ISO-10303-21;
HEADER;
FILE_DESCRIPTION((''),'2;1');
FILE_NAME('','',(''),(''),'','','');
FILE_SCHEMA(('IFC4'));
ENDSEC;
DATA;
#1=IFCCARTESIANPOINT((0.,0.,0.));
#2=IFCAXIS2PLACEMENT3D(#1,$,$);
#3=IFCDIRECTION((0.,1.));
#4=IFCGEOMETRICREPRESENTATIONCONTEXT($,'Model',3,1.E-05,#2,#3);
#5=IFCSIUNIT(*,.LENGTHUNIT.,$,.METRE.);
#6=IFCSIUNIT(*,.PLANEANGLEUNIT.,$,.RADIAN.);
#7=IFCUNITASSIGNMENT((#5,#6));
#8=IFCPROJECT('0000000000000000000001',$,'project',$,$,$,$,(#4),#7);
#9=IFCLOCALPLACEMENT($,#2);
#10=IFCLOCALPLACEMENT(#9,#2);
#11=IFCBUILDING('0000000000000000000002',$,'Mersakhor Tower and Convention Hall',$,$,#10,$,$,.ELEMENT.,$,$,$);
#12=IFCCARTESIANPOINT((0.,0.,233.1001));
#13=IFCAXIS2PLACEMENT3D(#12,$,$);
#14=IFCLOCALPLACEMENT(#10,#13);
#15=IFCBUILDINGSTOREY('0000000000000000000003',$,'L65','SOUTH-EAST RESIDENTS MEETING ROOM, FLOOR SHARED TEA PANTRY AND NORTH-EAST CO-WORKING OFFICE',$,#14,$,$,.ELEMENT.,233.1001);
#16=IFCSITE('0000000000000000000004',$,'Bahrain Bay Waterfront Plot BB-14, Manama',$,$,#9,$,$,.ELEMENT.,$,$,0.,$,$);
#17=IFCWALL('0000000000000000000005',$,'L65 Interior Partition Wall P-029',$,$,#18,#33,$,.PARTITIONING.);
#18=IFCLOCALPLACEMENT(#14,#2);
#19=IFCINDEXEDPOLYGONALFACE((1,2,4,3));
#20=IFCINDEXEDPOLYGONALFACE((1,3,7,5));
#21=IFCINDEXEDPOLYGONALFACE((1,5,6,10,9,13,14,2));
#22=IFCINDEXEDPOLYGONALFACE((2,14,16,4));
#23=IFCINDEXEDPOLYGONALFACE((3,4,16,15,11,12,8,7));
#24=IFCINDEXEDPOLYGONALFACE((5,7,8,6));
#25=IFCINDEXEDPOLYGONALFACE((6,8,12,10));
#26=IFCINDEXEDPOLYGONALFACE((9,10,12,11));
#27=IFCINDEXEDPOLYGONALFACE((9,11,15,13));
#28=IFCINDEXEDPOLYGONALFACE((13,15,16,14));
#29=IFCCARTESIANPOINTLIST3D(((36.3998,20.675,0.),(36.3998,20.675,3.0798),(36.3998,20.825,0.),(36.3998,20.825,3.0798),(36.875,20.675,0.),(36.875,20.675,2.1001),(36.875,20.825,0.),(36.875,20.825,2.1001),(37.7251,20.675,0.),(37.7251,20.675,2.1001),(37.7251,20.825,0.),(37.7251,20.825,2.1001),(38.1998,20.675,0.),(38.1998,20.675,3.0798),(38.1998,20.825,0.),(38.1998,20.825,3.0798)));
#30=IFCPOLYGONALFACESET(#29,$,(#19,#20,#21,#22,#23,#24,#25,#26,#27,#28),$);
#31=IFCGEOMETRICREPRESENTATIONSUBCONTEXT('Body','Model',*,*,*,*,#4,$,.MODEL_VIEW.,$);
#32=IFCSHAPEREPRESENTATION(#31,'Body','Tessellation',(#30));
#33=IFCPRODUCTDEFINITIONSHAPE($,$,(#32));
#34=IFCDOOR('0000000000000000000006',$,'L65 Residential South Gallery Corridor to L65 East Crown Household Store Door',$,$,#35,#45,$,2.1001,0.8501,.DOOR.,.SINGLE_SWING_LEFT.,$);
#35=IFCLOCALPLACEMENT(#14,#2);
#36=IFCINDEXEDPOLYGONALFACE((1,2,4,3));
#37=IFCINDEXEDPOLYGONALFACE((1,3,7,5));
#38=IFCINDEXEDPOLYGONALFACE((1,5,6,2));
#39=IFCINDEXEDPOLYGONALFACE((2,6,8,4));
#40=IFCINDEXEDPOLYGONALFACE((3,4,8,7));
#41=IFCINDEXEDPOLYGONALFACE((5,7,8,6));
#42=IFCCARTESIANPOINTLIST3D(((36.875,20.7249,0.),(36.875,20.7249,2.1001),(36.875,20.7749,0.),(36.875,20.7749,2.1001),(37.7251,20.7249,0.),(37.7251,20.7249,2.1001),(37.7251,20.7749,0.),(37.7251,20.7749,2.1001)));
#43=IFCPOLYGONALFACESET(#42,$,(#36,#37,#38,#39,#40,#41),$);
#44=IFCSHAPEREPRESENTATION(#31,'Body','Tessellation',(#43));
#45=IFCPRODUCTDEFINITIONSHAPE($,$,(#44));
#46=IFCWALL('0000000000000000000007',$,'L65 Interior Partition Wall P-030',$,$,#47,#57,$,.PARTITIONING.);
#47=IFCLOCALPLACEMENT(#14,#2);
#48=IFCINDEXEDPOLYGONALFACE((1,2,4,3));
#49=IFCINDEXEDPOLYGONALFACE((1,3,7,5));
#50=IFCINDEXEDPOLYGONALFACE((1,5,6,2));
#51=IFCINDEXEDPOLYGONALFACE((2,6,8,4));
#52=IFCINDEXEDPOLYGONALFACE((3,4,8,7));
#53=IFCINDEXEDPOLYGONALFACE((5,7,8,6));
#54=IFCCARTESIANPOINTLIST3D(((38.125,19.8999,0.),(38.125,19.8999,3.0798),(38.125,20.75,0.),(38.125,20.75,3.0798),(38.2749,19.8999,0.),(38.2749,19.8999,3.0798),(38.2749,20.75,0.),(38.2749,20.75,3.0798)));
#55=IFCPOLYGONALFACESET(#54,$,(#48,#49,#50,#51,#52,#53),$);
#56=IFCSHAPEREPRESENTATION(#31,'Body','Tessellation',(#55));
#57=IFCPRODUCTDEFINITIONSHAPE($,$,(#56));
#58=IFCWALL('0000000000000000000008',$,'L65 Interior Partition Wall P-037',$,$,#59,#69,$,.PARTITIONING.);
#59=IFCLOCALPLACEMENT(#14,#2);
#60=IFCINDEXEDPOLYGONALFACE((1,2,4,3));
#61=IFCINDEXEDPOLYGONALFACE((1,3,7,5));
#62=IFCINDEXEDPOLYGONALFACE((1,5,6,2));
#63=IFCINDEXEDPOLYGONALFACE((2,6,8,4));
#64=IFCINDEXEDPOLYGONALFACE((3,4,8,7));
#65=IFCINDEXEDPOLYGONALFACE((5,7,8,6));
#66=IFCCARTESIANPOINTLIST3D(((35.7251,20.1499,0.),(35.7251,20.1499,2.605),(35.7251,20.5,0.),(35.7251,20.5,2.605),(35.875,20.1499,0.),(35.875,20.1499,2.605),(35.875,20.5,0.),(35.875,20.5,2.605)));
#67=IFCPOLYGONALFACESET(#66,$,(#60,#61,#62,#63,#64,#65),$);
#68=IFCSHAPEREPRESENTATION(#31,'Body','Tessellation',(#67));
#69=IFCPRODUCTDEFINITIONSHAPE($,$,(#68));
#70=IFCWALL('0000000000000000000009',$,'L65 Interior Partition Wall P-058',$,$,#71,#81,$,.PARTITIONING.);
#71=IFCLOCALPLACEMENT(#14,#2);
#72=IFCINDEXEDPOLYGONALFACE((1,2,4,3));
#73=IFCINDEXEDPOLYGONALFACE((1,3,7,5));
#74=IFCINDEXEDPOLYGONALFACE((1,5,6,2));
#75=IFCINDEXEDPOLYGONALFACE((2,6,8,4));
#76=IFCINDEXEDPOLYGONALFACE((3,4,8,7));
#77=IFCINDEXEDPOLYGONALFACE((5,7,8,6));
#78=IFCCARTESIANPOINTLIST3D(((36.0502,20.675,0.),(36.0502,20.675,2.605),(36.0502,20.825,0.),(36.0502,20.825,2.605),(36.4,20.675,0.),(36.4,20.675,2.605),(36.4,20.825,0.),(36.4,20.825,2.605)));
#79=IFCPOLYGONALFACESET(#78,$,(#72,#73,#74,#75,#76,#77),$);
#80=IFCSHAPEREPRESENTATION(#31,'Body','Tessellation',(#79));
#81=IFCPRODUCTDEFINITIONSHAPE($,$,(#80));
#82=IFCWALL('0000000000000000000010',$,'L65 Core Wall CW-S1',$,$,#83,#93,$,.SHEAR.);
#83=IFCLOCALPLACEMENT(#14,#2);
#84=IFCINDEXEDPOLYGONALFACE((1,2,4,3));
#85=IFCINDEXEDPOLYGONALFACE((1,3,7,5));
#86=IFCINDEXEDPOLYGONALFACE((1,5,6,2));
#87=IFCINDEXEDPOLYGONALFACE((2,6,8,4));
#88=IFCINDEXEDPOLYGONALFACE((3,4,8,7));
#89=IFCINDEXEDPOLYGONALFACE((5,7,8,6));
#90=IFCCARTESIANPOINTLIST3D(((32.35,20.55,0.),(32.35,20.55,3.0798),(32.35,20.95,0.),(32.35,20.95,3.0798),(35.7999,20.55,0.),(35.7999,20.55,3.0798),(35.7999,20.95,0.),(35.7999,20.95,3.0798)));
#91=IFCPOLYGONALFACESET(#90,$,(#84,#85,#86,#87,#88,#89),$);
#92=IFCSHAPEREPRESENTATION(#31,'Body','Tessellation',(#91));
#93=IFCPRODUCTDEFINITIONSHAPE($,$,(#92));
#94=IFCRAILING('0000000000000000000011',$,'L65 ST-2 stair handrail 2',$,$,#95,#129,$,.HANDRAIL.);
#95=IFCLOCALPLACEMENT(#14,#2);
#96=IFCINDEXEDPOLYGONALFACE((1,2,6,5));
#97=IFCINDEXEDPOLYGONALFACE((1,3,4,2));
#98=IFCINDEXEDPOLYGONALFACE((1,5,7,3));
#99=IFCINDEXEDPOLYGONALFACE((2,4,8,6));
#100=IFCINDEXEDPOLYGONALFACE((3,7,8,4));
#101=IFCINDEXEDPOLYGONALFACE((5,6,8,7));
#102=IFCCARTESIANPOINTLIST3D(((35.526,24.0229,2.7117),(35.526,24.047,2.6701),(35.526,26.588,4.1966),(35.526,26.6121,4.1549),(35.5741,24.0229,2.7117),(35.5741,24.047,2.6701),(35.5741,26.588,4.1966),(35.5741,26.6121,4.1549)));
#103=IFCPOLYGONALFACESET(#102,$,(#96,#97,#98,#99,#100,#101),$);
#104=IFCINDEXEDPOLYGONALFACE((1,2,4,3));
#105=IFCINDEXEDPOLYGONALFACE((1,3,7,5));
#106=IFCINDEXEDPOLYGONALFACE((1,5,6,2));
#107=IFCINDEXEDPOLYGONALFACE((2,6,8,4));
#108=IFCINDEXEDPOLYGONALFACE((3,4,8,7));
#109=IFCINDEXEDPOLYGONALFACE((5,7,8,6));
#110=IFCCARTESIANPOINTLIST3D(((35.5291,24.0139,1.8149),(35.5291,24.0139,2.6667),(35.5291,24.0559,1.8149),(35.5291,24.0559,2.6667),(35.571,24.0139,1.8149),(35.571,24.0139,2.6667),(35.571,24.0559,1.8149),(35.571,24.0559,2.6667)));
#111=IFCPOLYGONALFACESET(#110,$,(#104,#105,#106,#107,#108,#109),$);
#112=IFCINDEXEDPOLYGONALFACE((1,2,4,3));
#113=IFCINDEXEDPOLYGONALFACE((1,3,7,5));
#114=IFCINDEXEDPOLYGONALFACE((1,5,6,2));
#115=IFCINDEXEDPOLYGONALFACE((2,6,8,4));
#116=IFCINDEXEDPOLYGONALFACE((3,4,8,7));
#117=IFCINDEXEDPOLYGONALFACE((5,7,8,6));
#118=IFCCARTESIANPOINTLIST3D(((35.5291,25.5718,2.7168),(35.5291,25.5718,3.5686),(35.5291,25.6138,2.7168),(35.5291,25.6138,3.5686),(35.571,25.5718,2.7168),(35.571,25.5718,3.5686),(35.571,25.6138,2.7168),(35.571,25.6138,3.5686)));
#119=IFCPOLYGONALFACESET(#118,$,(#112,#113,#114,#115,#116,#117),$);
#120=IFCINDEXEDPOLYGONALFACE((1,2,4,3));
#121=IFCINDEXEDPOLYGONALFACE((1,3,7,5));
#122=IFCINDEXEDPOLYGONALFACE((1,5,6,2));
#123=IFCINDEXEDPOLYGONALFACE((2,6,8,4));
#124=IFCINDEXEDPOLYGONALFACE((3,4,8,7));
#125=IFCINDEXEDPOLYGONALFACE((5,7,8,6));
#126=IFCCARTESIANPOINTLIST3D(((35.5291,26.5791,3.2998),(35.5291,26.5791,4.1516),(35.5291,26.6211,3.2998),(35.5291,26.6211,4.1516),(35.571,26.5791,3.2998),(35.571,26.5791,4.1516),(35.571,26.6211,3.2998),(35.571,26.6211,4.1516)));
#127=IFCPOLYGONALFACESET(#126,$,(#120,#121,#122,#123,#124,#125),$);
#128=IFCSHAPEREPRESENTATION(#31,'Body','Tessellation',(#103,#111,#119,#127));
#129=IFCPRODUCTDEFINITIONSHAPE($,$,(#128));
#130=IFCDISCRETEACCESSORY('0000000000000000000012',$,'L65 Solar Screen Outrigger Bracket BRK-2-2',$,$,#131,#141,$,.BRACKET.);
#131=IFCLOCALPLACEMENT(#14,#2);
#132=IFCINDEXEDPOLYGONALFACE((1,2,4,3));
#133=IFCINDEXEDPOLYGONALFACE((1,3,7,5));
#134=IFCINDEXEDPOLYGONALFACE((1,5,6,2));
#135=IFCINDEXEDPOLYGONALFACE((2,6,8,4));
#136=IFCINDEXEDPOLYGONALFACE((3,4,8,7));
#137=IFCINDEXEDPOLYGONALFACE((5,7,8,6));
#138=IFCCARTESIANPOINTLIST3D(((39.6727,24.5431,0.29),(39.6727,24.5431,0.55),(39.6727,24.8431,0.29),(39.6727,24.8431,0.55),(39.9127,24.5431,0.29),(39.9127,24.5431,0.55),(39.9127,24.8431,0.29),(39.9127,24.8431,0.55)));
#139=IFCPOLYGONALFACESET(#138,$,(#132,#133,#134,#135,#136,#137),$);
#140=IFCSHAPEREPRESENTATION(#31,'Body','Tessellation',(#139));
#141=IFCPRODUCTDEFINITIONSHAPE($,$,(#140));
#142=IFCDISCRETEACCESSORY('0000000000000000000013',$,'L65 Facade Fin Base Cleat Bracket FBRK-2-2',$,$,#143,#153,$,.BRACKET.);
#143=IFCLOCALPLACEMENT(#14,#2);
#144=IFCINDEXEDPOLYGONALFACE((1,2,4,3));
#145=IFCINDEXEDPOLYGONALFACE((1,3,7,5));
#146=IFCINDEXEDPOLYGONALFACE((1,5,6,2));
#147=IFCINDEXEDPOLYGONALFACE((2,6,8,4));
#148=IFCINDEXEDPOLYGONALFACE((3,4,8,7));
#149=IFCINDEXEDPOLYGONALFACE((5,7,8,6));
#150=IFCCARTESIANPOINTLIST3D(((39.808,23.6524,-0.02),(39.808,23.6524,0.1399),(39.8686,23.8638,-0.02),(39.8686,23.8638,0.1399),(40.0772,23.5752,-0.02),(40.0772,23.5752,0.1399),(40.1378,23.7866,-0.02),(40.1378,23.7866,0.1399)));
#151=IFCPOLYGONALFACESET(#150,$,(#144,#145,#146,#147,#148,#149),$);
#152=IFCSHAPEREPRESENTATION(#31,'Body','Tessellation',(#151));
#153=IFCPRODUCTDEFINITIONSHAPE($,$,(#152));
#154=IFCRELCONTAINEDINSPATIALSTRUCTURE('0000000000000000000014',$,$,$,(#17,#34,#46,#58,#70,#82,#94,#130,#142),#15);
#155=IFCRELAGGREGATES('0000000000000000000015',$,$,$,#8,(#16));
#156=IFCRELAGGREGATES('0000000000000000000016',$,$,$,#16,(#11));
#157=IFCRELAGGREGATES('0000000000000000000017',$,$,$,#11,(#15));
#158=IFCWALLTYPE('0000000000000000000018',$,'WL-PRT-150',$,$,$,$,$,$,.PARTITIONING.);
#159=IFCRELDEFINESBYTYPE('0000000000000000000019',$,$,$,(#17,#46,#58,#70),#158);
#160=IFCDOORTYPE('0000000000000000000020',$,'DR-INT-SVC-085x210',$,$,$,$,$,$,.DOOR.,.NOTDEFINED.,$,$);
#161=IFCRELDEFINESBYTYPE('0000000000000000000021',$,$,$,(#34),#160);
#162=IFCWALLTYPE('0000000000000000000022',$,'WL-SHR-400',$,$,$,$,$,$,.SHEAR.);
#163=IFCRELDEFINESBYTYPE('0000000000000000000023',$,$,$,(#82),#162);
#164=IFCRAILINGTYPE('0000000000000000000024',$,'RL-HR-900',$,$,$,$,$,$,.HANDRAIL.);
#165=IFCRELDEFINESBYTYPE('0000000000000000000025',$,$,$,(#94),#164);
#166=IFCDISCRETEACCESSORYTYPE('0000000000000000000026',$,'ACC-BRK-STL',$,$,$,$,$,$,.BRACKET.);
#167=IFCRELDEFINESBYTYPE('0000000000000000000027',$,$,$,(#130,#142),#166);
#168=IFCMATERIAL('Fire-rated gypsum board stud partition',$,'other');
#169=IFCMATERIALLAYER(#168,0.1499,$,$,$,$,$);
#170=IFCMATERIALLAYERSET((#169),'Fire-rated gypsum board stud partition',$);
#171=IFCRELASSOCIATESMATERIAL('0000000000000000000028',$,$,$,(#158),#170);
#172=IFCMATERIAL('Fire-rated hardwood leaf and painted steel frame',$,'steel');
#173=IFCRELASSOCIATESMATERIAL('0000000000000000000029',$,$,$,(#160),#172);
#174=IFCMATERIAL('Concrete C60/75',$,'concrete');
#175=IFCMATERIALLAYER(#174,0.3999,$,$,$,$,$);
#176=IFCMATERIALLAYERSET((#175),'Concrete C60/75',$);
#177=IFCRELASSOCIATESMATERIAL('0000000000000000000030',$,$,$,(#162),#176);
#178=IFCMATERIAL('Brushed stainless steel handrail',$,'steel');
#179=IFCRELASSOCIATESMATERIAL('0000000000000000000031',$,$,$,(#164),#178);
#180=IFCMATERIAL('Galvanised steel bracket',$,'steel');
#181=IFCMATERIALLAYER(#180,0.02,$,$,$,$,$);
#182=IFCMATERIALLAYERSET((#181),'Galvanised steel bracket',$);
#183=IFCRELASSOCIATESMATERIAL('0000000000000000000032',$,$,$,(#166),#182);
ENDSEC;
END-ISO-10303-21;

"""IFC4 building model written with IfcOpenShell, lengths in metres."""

from ifc_helpers import new_model, si_unit, direction, frame, frame_2d, origin, origin_2d, place, context, subcontext, project, spatial, rectangle, extrude, material, layer, layer_set, type_object, element, fill, save


model = new_model("IFC4")

# Units and contexts
model_context = context("Model", 3, precision=1e-05, world=origin(), true_north=direction((0.0, 1.0)))
body_context = subcontext(model_context, "Body", "Model", "MODEL_VIEW")
ifc_project = project(units=[si_unit("LENGTHUNIT", "METRE"), si_unit("PLANEANGLEUNIT", "RADIAN")], contexts=[model_context])

# Site, building, storey
site_placement = place(None, origin())
site = spatial("IfcSite", under=ifc_project, at=site_placement, Name="Bahrain Bay Waterfront Plot BB-14, Manama", CompositionType="ELEMENT", RefElevation=0.0)
building_placement = place(site_placement, origin())
building = spatial("IfcBuilding", under=site, at=building_placement, Name="Mersakhor Tower and Convention Hall", CompositionType="ELEMENT")
storey_placement = place(building_placement, frame((0.0, 0.0, 233.1001)))
storey = spatial("IfcBuildingStorey", under=building, at=storey_placement, Name="L65", Description="SOUTH-EAST RESIDENTS MEETING ROOM, FLOOR SHARED TEA PANTRY AND NORTH-EAST CO-WORKING OFFICE", CompositionType="ELEMENT", Elevation=233.1001)

# Wall, opening, door
ifc_material_1 = material(Name="Fire-rated gypsum board stud partition", Category="other")
ifc_layer_1 = layer(ifc_material_1, 0.1499)
ifc_layer_set_1 = layer_set([ifc_layer_1], Name="Fire-rated gypsum board stud partition")
wall_type_1 = type_object("IfcWallType", Name="WL-PRT-150", PredefinedType="PARTITIONING", material=ifc_layer_set_1)
wall_1_placement = place(storey_placement, frame((36.3999, 20.75, 0.0), z_axis=(0.0, 0.0, 1.0), x_axis=(1.0, 0.0, 0.0)))
wall_1 = element("IfcWall", 1, at=wall_1_placement, inside=storey, type_object=wall_type_1, Name="L65 Interior Partition Wall P-029", PredefinedType="PARTITIONING", context=body_context, shape_type="SweptSolid", body=[
    extrude(rectangle(XDim=1.8, YDim=0.1499, at=frame_2d((0.8999, 0.0))), origin(), (0.0, 0.0, 1.0), 3.0798),
])
opening_1_placement = place(wall_1_placement, frame((0.4751, 0.0, 0.0)))
opening_1 = element("IfcOpeningElement", 2, at=opening_1_placement, cuts=wall_1, PredefinedType="OPENING", context=body_context, shape_type="SweptSolid", body=[
    extrude(rectangle(XDim=0.8501, YDim=2.1001, at=frame_2d((0.425, 1.05))), frame((0.0, 0.085, 0.0), z_axis=(0.0, -1.0, 0.0), x_axis=(1.0, 0.0, 0.0)), (0.0, 0.0, 1.0), 0.1699),
])
ifc_material_2 = material(Name="Fire-rated hardwood leaf and painted steel frame", Category="steel")
door_type = type_object("IfcDoorType", Name="DR-INT-SVC-085x210", OperationType="NOTDEFINED", PredefinedType="DOOR", material=ifc_material_2)
door_placement = place(opening_1_placement, origin())
door = element("IfcDoor", 3, at=door_placement, inside=storey, type_object=door_type, Name="L65 Residential South Gallery Corridor to L65 East Crown Household Store Door", OperationType="SINGLE_SWING_LEFT", OverallHeight=2.1001, OverallWidth=0.8501, PredefinedType="DOOR", context=body_context, shape_type="SweptSolid", body=[
    extrude(rectangle(XDim=0.8501, YDim=2.1001, at=frame_2d((0.425, 1.05))), frame((0.0, 0.0249, 0.0), z_axis=(0.0, -1.0, 0.0), x_axis=(1.0, 0.0, 0.0)), (0.0, 0.0, 1.0), 0.05),
])
fill(opening_1, door)

# Walls
wall_2_placement = place(storey_placement, frame((38.2, 20.75, 0.0), z_axis=(0.0, 0.0, 1.0), x_axis=(0.0, -1.0, 0.0)))
element("IfcWall", 4, at=wall_2_placement, inside=storey, type_object=wall_type_1, Name="L65 Interior Partition Wall P-030", PredefinedType="PARTITIONING", context=body_context, shape_type="SweptSolid", body=[
    extrude(rectangle(XDim=0.8501, YDim=0.1499, at=frame_2d((0.425, 0.0))), origin(), (0.0, 0.0, 1.0), 3.0798),
])
wall_3_placement = place(storey_placement, frame((35.8, 20.5, 0.0), z_axis=(0.0, 0.0, 1.0), x_axis=(0.0, -1.0, 0.0)))
element("IfcWall", 5, at=wall_3_placement, inside=storey, type_object=wall_type_1, Name="L65 Interior Partition Wall P-037", PredefinedType="PARTITIONING", context=body_context, shape_type="SweptSolid", body=[
    extrude(rectangle(XDim=0.3501, YDim=0.1499, at=frame_2d((0.175, 0.0))), origin(), (0.0, 0.0, 1.0), 2.605),
])
wall_4_placement = place(storey_placement, frame((36.3999, 20.75, 0.0), z_axis=(0.0, 0.0, 1.0), x_axis=(-1.0, 0.0, 0.0)))
element("IfcWall", 6, at=wall_4_placement, inside=storey, type_object=wall_type_1, Name="L65 Interior Partition Wall P-058", PredefinedType="PARTITIONING", context=body_context, shape_type="SweptSolid", body=[
    extrude(rectangle(XDim=0.3499, YDim=0.1499, at=frame_2d((0.1748, 0.0))), origin(), (0.0, 0.0, 1.0), 2.605),
])
ifc_material_3 = material(Name="Concrete C60/75", Category="concrete")
ifc_layer_2 = layer(ifc_material_3, 0.3999)
ifc_layer_set_2 = layer_set([ifc_layer_2], Name="Concrete C60/75")
wall_type_2 = type_object("IfcWallType", Name="WL-SHR-400", PredefinedType="SHEAR", material=ifc_layer_set_2)
wall_5_placement = place(storey_placement, frame((35.8, 20.75, 0.0), z_axis=(0.0, 0.0, 1.0), x_axis=(-1.0, 0.0, 0.0)))
element("IfcWall", 7, at=wall_5_placement, inside=storey, type_object=wall_type_2, Name="L65 Core Wall CW-S1", PredefinedType="SHEAR", context=body_context, shape_type="SweptSolid", body=[
    extrude(rectangle(XDim=3.45, YDim=0.3999, at=frame_2d((1.7251, 0.0))), origin(), (0.0, 0.0, 1.0), 3.0798),
])

# Railing
ifc_material_4 = material(Name="Brushed stainless steel handrail", Category="steel")
railing_type = type_object("IfcRailingType", Name="RL-HR-900", PredefinedType="HANDRAIL", material=ifc_material_4)
railing_placement = place(storey_placement, frame((35.55, 24.0349, 1.8149)))
element("IfcRailing", 8, at=railing_placement, inside=storey, type_object=railing_type, Name="L65 ST-2 stair handrail 2", PredefinedType="HANDRAIL", context=body_context, shape_type="SweptSolid", body=[
    extrude(rectangle(XDim=0.0481, YDim=0.0481, at=origin_2d()), frame((0.0, 0.0, 0.876), z_axis=(0.0, 0.865462, 0.500975), x_axis=(-1.0, 0.0, 0.0)), (0.0, 0.0, 1.0), 2.9639),
    extrude(rectangle(XDim=0.042, YDim=0.042, at=origin_2d()), origin(), (0.0, 0.0, 1.0), 0.8518),
    extrude(rectangle(XDim=0.042, YDim=0.042, at=origin_2d()), frame((0.0, 1.5579, 0.9019)), (0.0, 0.0, 1.0), 0.8518),
    extrude(rectangle(XDim=0.042, YDim=0.042, at=origin_2d()), frame((0.0, 2.5652, 1.4849)), (0.0, 0.0, 1.0), 0.8518),
])

# Discrete accessories
ifc_material_5 = material(Name="Galvanised steel bracket", Category="steel")
ifc_layer_3 = layer(ifc_material_5, 0.02)
ifc_layer_set_3 = layer_set([ifc_layer_3], Name="Galvanised steel bracket")
discrete_accessory_type = type_object("IfcDiscreteAccessoryType", Name="ACC-BRK-STL", PredefinedType="BRACKET", material=ifc_layer_set_3)
discrete_accessory_1_placement = place(storey_placement, frame((39.7927, 24.6931, 0.29), z_axis=(0.0, 0.0, 1.0), x_axis=(0.0, -1.0, 0.0)))
element("IfcDiscreteAccessory", 9, at=discrete_accessory_1_placement, inside=storey, type_object=discrete_accessory_type, Name="L65 Solar Screen Outrigger Bracket BRK-2-2", PredefinedType="BRACKET", context=body_context, shape_type="SweptSolid", body=[
    extrude(rectangle(XDim=0.3, YDim=0.24, at=origin_2d()), origin(), (0.0, 0.0, 1.0), 0.26),
])
discrete_accessory_2_placement = place(storey_placement, frame((39.9729, 23.7195, -0.02), z_axis=(0.0, 0.0, 1.0), x_axis=(0.961262, -0.275637, 0.0)))
element("IfcDiscreteAccessory", 10, at=discrete_accessory_2_placement, inside=storey, type_object=discrete_accessory_type, Name="L65 Facade Fin Base Cleat Bracket FBRK-2-2", PredefinedType="BRACKET", context=body_context, shape_type="SweptSolid", body=[
    extrude(rectangle(XDim=0.28, YDim=0.22, at=origin_2d()), origin(), (0.0, 0.0, 1.0), 0.1599),
])

save(model, "model.ifc")
